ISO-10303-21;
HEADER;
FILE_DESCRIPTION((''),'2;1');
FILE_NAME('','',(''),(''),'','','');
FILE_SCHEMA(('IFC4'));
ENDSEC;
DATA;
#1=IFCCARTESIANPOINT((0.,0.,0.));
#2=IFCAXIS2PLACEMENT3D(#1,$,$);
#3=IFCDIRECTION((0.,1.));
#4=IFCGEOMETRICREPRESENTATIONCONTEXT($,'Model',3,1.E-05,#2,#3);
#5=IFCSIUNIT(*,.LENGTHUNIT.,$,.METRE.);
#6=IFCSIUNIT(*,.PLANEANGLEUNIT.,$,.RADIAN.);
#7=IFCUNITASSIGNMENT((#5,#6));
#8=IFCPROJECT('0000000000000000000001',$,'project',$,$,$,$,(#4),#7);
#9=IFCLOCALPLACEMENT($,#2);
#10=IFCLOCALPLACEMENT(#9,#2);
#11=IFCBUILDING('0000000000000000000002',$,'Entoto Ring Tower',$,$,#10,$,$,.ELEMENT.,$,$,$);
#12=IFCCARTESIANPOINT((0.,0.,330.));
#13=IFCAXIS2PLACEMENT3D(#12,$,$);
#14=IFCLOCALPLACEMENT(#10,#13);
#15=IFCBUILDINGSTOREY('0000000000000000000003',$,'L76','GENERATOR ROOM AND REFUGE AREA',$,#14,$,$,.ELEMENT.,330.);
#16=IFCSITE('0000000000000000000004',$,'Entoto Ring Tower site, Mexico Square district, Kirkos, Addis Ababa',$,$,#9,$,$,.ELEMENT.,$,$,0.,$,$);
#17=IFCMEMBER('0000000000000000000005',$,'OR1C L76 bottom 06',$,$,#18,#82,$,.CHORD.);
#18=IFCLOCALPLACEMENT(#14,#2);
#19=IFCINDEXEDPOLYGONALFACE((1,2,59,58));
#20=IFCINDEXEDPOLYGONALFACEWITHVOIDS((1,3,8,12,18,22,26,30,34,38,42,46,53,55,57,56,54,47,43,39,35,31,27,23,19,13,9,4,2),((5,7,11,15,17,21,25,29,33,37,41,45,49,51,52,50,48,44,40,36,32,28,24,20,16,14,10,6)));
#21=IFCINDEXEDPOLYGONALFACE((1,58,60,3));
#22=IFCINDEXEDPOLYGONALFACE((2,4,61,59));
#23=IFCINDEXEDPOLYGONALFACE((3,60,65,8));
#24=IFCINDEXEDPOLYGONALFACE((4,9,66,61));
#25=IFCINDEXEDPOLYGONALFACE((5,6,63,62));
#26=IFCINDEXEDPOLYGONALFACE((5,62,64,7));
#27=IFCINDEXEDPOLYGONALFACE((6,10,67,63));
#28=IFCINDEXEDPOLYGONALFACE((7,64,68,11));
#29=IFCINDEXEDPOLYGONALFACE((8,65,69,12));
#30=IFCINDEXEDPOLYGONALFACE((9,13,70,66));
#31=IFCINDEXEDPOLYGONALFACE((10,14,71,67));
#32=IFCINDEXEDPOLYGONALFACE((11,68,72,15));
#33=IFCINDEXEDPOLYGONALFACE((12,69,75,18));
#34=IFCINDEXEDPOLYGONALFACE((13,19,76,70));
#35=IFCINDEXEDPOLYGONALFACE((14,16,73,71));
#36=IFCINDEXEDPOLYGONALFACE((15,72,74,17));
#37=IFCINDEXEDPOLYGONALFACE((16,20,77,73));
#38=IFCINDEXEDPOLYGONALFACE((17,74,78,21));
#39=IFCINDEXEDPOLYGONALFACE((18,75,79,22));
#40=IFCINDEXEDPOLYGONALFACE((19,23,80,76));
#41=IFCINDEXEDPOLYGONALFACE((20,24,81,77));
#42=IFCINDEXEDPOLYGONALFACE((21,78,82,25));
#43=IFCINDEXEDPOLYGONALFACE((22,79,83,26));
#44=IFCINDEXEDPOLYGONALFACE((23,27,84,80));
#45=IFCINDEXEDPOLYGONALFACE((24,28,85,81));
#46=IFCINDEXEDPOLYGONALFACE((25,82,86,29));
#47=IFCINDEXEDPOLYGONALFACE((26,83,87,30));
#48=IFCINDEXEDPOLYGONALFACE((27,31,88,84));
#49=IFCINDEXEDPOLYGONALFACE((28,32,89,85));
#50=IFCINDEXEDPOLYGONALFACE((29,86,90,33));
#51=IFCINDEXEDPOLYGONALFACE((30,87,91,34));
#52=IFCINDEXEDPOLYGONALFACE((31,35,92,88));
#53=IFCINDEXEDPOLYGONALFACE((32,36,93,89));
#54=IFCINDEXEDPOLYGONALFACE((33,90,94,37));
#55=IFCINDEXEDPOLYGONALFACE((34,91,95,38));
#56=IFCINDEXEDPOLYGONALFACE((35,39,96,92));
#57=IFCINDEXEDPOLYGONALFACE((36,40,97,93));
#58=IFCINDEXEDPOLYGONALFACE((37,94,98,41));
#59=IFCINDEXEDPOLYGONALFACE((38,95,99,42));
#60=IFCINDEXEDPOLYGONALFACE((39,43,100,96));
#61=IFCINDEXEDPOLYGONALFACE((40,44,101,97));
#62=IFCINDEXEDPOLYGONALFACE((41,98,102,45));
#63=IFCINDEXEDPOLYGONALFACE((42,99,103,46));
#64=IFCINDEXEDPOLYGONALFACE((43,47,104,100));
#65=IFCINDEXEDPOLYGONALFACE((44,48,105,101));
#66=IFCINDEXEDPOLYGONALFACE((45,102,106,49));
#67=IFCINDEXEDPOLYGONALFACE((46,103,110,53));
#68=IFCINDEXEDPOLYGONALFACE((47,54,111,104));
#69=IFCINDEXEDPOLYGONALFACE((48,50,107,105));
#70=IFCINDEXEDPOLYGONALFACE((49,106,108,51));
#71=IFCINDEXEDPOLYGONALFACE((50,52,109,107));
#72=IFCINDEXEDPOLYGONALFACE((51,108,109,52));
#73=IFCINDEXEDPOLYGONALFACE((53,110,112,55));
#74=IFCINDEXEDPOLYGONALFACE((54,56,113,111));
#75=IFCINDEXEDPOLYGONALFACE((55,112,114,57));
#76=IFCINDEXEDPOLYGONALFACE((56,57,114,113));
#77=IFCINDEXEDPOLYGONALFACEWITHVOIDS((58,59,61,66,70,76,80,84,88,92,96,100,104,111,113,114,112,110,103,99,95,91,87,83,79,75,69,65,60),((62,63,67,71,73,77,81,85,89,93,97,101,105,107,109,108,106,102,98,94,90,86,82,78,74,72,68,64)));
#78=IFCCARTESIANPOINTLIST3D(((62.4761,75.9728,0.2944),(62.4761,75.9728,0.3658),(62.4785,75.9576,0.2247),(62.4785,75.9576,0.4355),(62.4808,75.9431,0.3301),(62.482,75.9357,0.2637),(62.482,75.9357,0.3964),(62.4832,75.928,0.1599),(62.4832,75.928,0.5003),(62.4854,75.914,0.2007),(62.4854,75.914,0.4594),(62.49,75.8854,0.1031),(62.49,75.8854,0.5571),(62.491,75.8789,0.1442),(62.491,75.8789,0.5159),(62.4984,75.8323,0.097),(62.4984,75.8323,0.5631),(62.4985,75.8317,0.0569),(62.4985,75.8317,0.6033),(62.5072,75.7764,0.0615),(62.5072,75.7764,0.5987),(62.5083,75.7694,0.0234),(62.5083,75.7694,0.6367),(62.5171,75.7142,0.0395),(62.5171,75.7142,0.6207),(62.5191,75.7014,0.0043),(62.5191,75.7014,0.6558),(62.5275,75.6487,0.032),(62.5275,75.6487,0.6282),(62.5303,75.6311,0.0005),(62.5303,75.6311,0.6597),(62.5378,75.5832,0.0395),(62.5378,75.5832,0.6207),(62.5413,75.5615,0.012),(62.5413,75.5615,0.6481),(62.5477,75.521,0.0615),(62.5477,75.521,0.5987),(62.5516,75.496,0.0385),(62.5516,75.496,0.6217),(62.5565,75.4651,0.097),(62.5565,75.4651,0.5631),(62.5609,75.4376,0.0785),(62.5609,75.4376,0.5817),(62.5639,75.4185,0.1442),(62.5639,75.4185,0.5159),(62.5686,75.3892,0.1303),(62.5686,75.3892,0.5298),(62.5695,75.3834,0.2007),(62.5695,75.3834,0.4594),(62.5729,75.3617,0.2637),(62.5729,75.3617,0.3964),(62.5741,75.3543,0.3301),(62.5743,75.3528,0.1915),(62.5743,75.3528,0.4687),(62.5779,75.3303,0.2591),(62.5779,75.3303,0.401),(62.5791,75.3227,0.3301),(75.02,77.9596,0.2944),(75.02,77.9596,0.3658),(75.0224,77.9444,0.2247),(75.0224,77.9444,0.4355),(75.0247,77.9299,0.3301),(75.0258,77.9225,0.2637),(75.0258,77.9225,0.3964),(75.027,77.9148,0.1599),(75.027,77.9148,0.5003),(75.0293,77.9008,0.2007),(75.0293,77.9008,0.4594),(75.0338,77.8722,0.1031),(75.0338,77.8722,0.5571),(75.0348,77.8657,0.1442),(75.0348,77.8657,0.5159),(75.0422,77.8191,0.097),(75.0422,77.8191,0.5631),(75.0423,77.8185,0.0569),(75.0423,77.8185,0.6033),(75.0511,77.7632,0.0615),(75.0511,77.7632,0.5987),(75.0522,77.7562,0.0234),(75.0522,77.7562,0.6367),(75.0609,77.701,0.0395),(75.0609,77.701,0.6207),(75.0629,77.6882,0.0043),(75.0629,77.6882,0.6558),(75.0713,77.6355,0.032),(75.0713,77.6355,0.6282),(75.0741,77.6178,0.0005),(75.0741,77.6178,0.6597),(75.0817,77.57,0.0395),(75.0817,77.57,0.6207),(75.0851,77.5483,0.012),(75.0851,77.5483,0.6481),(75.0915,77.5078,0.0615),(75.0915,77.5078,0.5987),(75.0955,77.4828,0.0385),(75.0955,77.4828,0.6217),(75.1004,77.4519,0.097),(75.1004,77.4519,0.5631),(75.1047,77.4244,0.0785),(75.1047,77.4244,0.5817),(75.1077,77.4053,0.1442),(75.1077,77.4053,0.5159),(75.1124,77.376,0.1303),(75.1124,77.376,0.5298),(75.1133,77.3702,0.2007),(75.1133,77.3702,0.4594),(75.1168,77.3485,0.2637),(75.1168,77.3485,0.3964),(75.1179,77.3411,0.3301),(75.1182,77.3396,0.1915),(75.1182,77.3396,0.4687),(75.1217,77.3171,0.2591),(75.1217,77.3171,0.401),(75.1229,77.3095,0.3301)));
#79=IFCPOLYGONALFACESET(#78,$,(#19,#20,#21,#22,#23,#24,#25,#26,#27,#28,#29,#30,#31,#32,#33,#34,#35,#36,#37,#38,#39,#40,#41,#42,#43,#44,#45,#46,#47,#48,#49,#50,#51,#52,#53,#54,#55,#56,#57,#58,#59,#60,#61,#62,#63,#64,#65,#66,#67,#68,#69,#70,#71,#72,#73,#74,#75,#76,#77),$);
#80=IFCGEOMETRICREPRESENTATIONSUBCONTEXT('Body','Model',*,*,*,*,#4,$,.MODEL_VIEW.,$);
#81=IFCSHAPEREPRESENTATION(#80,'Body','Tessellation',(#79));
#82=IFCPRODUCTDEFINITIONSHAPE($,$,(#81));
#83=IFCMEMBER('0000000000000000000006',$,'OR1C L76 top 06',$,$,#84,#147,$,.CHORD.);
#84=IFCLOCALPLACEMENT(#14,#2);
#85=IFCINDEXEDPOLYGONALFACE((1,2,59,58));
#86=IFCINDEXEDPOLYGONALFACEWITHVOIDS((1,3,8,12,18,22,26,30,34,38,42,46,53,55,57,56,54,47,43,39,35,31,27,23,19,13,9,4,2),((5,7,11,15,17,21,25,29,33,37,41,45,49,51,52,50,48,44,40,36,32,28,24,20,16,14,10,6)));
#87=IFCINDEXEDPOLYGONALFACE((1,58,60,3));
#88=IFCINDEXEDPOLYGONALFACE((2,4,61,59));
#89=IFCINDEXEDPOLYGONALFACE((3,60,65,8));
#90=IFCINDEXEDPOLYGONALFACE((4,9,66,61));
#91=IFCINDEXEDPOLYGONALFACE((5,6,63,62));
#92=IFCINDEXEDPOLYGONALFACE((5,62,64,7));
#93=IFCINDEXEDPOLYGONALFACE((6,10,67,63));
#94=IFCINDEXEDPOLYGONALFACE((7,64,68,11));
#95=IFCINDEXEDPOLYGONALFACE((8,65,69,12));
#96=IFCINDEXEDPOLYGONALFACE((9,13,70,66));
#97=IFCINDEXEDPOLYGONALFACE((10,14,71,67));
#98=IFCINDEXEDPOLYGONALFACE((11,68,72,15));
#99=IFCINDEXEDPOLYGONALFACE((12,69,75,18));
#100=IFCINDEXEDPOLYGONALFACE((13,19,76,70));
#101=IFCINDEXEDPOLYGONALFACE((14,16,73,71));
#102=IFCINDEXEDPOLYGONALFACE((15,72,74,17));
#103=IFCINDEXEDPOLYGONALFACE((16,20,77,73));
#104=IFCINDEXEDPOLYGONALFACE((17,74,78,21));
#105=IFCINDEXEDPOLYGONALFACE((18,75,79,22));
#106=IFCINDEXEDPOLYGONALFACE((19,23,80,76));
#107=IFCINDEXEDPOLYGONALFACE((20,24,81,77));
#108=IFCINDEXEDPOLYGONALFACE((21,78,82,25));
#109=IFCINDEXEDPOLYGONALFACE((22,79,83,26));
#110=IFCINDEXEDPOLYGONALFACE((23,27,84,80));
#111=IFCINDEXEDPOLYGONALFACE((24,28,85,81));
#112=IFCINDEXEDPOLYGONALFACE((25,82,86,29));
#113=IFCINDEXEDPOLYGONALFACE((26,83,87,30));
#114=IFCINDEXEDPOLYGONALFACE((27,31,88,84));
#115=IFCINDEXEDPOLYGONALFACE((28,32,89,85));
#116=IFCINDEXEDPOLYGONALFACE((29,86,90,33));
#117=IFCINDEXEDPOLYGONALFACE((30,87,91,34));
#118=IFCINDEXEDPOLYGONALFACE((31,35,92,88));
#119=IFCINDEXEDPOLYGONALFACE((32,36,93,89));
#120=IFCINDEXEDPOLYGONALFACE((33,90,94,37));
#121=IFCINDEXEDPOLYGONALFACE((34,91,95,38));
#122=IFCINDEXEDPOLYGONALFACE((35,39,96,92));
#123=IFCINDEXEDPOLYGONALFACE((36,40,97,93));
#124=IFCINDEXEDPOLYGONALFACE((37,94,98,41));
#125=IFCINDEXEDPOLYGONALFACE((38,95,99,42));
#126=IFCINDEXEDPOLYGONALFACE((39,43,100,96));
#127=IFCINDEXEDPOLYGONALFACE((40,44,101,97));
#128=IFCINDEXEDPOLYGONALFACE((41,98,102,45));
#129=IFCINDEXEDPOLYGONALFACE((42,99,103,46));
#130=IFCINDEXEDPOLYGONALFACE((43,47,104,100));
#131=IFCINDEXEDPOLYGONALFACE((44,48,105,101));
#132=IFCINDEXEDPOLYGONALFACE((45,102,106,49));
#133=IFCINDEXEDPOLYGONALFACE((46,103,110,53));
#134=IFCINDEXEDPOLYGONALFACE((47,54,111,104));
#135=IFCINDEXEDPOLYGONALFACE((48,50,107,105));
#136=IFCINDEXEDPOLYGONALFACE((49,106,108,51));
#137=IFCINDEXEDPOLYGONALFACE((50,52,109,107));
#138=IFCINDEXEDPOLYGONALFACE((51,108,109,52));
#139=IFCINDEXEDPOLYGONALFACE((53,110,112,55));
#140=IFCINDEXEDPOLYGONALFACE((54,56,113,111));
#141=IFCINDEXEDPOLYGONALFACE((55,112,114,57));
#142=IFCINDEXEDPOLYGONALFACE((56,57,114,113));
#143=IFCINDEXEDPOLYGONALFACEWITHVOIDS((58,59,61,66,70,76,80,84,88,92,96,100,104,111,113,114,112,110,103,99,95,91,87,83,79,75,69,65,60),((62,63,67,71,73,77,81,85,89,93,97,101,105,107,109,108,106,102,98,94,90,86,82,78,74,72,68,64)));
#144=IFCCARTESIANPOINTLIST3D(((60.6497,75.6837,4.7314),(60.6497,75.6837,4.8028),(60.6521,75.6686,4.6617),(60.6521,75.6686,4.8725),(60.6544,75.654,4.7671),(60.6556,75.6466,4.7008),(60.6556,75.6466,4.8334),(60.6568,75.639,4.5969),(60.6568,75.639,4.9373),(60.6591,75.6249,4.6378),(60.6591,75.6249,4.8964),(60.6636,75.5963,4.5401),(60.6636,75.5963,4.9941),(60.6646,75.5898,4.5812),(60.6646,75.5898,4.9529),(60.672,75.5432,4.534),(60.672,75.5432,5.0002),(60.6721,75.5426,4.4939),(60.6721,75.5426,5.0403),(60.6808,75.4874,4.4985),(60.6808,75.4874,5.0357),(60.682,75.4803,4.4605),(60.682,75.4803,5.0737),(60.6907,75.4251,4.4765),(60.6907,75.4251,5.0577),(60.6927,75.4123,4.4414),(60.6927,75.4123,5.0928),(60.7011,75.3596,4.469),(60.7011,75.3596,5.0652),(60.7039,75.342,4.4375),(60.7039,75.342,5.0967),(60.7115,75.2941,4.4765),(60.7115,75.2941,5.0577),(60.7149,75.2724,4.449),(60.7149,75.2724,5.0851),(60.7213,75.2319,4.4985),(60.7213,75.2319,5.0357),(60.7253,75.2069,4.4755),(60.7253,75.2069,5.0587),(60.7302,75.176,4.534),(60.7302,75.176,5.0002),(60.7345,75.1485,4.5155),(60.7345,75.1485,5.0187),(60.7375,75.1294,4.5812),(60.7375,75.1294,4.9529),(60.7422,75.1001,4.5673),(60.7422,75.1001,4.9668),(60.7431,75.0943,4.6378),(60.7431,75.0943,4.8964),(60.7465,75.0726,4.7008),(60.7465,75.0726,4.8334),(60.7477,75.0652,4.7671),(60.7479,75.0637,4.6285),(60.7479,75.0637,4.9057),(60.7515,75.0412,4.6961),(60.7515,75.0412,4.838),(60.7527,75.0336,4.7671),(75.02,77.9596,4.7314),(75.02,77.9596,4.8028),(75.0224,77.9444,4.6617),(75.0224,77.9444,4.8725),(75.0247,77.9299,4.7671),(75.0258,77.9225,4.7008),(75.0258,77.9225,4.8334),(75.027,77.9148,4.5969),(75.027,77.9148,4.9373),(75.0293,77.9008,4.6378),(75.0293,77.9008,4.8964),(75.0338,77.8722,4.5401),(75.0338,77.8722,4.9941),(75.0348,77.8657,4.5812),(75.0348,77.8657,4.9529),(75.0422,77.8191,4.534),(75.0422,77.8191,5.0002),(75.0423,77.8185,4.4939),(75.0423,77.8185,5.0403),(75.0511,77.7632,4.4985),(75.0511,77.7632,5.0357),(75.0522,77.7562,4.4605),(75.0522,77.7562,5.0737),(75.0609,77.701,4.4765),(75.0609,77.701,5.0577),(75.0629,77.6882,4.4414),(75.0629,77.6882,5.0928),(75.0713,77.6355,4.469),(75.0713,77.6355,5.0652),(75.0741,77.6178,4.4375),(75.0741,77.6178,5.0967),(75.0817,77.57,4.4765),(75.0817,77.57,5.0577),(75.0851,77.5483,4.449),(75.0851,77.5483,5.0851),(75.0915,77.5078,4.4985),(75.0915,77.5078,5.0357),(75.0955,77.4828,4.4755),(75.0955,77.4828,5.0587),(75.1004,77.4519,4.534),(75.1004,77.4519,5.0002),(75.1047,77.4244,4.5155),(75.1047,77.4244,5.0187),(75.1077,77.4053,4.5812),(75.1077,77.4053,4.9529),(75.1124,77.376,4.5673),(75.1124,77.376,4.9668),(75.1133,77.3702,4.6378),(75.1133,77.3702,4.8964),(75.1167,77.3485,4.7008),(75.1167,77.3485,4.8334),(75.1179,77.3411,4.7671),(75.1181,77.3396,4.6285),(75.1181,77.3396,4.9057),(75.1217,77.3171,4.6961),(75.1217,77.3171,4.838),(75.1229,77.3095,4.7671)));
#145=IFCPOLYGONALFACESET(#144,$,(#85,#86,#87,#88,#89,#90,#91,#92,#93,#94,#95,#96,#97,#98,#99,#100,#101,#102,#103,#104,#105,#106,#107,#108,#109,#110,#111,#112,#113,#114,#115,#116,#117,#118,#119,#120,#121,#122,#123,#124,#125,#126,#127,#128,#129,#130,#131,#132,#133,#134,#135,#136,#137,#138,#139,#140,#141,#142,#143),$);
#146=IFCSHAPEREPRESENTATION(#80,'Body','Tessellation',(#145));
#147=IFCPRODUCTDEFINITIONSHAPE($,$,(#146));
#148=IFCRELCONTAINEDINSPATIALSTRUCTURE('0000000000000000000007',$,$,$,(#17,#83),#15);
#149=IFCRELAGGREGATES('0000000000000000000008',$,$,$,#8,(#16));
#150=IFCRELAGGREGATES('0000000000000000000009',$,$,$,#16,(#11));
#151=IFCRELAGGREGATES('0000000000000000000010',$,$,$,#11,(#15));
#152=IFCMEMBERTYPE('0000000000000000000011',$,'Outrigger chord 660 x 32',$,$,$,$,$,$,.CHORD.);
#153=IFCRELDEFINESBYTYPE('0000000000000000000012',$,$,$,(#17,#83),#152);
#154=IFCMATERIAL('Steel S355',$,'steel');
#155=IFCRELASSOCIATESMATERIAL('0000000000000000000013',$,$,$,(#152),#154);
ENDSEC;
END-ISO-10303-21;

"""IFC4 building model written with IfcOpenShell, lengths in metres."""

from ifc_helpers import new_model, si_unit, direction, frame, origin, origin_2d, place, context, subcontext, project, spatial, circle, hollow_circle, extrude, material, material_profile, profile_set, type_object, element, save


model = new_model("IFC4")

# Units and contexts
model_context = context("Model", 3, precision=1e-05, world=origin(), true_north=direction((0.0, 1.0)))
body_context = subcontext(model_context, "Body", "Model", "MODEL_VIEW")
ifc_project = project(units=[si_unit("LENGTHUNIT", "METRE"), si_unit("PLANEANGLEUNIT", "RADIAN")], contexts=[model_context])

# Site, building, storey
site_placement = place(None, origin())
site = spatial("IfcSite", under=ifc_project, at=site_placement, Name="Entoto Ring Tower site, Mexico Square district, Kirkos, Addis Ababa", CompositionType="ELEMENT", RefElevation=0.0)
building_placement = place(site_placement, origin())
building = spatial("IfcBuilding", under=site, at=building_placement, Name="Entoto Ring Tower", CompositionType="ELEMENT")
storey_placement = place(building_placement, frame((0.0, 0.0, 330.0)))
storey = spatial("IfcBuildingStorey", under=building, at=storey_placement, Name="L76", Description="GENERATOR ROOM AND REFUGE AREA", CompositionType="ELEMENT", Elevation=330.0)

# Members
ifc_material_1 = material(Name="Steel S355", Category="steel")
ifc_material_profile_1 = material_profile(ifc_material_1, hollow_circle(Radius=0.3301, WallThickness=0.032, at=origin_2d()), Name="CHS 660 x 32")
ifc_material_2 = material(Name="Concrete C60/75", Category="concrete")
ifc_material_profile_2 = material_profile(ifc_material_2, circle(Radius=0.2981, at=origin_2d()), Name="Concrete C60/75 infill")
ifc_profile_set_1 = profile_set([ifc_material_profile_1, ifc_material_profile_2], Name="Steel S355")
member_type_1 = type_object("IfcMemberType", Name="Outrigger chord 660 x 32", PredefinedType="CHORD", material=ifc_profile_set_1)
member_1_placement = place(storey_placement, frame((75.0713, 77.6355, 0.3301), z_axis=(-0.987688, -0.156438, 0.0), x_axis=(0.156438, -0.987688, 0.0)))
element("IfcMember", 1, at=member_1_placement, inside=storey, type_object=member_type_1, Name="OR1C L76 bottom 06", PredefinedType="CHORD", context=body_context, shape_type="SweptSolid", body=[
    extrude(hollow_circle(Radius=0.3301, WallThickness=0.032, at=origin_2d()), origin(), (0.0, 0.0, 1.0), 12.7002),
])
member_2_placement = place(storey_placement, frame((75.0713, 77.6355, 4.7671), z_axis=(-0.98769, -0.156426, 0.0), x_axis=(0.156426, -0.98769, 0.0)))
element("IfcMember", 2, at=member_2_placement, inside=storey, type_object=member_type_1, Name="OR1C L76 top 06", PredefinedType="CHORD", context=body_context, shape_type="SweptSolid", body=[
    extrude(hollow_circle(Radius=0.3301, WallThickness=0.032, at=origin_2d()), origin(), (0.0, 0.0, 1.0), 14.5493),
])

save(model, "model.ifc")
